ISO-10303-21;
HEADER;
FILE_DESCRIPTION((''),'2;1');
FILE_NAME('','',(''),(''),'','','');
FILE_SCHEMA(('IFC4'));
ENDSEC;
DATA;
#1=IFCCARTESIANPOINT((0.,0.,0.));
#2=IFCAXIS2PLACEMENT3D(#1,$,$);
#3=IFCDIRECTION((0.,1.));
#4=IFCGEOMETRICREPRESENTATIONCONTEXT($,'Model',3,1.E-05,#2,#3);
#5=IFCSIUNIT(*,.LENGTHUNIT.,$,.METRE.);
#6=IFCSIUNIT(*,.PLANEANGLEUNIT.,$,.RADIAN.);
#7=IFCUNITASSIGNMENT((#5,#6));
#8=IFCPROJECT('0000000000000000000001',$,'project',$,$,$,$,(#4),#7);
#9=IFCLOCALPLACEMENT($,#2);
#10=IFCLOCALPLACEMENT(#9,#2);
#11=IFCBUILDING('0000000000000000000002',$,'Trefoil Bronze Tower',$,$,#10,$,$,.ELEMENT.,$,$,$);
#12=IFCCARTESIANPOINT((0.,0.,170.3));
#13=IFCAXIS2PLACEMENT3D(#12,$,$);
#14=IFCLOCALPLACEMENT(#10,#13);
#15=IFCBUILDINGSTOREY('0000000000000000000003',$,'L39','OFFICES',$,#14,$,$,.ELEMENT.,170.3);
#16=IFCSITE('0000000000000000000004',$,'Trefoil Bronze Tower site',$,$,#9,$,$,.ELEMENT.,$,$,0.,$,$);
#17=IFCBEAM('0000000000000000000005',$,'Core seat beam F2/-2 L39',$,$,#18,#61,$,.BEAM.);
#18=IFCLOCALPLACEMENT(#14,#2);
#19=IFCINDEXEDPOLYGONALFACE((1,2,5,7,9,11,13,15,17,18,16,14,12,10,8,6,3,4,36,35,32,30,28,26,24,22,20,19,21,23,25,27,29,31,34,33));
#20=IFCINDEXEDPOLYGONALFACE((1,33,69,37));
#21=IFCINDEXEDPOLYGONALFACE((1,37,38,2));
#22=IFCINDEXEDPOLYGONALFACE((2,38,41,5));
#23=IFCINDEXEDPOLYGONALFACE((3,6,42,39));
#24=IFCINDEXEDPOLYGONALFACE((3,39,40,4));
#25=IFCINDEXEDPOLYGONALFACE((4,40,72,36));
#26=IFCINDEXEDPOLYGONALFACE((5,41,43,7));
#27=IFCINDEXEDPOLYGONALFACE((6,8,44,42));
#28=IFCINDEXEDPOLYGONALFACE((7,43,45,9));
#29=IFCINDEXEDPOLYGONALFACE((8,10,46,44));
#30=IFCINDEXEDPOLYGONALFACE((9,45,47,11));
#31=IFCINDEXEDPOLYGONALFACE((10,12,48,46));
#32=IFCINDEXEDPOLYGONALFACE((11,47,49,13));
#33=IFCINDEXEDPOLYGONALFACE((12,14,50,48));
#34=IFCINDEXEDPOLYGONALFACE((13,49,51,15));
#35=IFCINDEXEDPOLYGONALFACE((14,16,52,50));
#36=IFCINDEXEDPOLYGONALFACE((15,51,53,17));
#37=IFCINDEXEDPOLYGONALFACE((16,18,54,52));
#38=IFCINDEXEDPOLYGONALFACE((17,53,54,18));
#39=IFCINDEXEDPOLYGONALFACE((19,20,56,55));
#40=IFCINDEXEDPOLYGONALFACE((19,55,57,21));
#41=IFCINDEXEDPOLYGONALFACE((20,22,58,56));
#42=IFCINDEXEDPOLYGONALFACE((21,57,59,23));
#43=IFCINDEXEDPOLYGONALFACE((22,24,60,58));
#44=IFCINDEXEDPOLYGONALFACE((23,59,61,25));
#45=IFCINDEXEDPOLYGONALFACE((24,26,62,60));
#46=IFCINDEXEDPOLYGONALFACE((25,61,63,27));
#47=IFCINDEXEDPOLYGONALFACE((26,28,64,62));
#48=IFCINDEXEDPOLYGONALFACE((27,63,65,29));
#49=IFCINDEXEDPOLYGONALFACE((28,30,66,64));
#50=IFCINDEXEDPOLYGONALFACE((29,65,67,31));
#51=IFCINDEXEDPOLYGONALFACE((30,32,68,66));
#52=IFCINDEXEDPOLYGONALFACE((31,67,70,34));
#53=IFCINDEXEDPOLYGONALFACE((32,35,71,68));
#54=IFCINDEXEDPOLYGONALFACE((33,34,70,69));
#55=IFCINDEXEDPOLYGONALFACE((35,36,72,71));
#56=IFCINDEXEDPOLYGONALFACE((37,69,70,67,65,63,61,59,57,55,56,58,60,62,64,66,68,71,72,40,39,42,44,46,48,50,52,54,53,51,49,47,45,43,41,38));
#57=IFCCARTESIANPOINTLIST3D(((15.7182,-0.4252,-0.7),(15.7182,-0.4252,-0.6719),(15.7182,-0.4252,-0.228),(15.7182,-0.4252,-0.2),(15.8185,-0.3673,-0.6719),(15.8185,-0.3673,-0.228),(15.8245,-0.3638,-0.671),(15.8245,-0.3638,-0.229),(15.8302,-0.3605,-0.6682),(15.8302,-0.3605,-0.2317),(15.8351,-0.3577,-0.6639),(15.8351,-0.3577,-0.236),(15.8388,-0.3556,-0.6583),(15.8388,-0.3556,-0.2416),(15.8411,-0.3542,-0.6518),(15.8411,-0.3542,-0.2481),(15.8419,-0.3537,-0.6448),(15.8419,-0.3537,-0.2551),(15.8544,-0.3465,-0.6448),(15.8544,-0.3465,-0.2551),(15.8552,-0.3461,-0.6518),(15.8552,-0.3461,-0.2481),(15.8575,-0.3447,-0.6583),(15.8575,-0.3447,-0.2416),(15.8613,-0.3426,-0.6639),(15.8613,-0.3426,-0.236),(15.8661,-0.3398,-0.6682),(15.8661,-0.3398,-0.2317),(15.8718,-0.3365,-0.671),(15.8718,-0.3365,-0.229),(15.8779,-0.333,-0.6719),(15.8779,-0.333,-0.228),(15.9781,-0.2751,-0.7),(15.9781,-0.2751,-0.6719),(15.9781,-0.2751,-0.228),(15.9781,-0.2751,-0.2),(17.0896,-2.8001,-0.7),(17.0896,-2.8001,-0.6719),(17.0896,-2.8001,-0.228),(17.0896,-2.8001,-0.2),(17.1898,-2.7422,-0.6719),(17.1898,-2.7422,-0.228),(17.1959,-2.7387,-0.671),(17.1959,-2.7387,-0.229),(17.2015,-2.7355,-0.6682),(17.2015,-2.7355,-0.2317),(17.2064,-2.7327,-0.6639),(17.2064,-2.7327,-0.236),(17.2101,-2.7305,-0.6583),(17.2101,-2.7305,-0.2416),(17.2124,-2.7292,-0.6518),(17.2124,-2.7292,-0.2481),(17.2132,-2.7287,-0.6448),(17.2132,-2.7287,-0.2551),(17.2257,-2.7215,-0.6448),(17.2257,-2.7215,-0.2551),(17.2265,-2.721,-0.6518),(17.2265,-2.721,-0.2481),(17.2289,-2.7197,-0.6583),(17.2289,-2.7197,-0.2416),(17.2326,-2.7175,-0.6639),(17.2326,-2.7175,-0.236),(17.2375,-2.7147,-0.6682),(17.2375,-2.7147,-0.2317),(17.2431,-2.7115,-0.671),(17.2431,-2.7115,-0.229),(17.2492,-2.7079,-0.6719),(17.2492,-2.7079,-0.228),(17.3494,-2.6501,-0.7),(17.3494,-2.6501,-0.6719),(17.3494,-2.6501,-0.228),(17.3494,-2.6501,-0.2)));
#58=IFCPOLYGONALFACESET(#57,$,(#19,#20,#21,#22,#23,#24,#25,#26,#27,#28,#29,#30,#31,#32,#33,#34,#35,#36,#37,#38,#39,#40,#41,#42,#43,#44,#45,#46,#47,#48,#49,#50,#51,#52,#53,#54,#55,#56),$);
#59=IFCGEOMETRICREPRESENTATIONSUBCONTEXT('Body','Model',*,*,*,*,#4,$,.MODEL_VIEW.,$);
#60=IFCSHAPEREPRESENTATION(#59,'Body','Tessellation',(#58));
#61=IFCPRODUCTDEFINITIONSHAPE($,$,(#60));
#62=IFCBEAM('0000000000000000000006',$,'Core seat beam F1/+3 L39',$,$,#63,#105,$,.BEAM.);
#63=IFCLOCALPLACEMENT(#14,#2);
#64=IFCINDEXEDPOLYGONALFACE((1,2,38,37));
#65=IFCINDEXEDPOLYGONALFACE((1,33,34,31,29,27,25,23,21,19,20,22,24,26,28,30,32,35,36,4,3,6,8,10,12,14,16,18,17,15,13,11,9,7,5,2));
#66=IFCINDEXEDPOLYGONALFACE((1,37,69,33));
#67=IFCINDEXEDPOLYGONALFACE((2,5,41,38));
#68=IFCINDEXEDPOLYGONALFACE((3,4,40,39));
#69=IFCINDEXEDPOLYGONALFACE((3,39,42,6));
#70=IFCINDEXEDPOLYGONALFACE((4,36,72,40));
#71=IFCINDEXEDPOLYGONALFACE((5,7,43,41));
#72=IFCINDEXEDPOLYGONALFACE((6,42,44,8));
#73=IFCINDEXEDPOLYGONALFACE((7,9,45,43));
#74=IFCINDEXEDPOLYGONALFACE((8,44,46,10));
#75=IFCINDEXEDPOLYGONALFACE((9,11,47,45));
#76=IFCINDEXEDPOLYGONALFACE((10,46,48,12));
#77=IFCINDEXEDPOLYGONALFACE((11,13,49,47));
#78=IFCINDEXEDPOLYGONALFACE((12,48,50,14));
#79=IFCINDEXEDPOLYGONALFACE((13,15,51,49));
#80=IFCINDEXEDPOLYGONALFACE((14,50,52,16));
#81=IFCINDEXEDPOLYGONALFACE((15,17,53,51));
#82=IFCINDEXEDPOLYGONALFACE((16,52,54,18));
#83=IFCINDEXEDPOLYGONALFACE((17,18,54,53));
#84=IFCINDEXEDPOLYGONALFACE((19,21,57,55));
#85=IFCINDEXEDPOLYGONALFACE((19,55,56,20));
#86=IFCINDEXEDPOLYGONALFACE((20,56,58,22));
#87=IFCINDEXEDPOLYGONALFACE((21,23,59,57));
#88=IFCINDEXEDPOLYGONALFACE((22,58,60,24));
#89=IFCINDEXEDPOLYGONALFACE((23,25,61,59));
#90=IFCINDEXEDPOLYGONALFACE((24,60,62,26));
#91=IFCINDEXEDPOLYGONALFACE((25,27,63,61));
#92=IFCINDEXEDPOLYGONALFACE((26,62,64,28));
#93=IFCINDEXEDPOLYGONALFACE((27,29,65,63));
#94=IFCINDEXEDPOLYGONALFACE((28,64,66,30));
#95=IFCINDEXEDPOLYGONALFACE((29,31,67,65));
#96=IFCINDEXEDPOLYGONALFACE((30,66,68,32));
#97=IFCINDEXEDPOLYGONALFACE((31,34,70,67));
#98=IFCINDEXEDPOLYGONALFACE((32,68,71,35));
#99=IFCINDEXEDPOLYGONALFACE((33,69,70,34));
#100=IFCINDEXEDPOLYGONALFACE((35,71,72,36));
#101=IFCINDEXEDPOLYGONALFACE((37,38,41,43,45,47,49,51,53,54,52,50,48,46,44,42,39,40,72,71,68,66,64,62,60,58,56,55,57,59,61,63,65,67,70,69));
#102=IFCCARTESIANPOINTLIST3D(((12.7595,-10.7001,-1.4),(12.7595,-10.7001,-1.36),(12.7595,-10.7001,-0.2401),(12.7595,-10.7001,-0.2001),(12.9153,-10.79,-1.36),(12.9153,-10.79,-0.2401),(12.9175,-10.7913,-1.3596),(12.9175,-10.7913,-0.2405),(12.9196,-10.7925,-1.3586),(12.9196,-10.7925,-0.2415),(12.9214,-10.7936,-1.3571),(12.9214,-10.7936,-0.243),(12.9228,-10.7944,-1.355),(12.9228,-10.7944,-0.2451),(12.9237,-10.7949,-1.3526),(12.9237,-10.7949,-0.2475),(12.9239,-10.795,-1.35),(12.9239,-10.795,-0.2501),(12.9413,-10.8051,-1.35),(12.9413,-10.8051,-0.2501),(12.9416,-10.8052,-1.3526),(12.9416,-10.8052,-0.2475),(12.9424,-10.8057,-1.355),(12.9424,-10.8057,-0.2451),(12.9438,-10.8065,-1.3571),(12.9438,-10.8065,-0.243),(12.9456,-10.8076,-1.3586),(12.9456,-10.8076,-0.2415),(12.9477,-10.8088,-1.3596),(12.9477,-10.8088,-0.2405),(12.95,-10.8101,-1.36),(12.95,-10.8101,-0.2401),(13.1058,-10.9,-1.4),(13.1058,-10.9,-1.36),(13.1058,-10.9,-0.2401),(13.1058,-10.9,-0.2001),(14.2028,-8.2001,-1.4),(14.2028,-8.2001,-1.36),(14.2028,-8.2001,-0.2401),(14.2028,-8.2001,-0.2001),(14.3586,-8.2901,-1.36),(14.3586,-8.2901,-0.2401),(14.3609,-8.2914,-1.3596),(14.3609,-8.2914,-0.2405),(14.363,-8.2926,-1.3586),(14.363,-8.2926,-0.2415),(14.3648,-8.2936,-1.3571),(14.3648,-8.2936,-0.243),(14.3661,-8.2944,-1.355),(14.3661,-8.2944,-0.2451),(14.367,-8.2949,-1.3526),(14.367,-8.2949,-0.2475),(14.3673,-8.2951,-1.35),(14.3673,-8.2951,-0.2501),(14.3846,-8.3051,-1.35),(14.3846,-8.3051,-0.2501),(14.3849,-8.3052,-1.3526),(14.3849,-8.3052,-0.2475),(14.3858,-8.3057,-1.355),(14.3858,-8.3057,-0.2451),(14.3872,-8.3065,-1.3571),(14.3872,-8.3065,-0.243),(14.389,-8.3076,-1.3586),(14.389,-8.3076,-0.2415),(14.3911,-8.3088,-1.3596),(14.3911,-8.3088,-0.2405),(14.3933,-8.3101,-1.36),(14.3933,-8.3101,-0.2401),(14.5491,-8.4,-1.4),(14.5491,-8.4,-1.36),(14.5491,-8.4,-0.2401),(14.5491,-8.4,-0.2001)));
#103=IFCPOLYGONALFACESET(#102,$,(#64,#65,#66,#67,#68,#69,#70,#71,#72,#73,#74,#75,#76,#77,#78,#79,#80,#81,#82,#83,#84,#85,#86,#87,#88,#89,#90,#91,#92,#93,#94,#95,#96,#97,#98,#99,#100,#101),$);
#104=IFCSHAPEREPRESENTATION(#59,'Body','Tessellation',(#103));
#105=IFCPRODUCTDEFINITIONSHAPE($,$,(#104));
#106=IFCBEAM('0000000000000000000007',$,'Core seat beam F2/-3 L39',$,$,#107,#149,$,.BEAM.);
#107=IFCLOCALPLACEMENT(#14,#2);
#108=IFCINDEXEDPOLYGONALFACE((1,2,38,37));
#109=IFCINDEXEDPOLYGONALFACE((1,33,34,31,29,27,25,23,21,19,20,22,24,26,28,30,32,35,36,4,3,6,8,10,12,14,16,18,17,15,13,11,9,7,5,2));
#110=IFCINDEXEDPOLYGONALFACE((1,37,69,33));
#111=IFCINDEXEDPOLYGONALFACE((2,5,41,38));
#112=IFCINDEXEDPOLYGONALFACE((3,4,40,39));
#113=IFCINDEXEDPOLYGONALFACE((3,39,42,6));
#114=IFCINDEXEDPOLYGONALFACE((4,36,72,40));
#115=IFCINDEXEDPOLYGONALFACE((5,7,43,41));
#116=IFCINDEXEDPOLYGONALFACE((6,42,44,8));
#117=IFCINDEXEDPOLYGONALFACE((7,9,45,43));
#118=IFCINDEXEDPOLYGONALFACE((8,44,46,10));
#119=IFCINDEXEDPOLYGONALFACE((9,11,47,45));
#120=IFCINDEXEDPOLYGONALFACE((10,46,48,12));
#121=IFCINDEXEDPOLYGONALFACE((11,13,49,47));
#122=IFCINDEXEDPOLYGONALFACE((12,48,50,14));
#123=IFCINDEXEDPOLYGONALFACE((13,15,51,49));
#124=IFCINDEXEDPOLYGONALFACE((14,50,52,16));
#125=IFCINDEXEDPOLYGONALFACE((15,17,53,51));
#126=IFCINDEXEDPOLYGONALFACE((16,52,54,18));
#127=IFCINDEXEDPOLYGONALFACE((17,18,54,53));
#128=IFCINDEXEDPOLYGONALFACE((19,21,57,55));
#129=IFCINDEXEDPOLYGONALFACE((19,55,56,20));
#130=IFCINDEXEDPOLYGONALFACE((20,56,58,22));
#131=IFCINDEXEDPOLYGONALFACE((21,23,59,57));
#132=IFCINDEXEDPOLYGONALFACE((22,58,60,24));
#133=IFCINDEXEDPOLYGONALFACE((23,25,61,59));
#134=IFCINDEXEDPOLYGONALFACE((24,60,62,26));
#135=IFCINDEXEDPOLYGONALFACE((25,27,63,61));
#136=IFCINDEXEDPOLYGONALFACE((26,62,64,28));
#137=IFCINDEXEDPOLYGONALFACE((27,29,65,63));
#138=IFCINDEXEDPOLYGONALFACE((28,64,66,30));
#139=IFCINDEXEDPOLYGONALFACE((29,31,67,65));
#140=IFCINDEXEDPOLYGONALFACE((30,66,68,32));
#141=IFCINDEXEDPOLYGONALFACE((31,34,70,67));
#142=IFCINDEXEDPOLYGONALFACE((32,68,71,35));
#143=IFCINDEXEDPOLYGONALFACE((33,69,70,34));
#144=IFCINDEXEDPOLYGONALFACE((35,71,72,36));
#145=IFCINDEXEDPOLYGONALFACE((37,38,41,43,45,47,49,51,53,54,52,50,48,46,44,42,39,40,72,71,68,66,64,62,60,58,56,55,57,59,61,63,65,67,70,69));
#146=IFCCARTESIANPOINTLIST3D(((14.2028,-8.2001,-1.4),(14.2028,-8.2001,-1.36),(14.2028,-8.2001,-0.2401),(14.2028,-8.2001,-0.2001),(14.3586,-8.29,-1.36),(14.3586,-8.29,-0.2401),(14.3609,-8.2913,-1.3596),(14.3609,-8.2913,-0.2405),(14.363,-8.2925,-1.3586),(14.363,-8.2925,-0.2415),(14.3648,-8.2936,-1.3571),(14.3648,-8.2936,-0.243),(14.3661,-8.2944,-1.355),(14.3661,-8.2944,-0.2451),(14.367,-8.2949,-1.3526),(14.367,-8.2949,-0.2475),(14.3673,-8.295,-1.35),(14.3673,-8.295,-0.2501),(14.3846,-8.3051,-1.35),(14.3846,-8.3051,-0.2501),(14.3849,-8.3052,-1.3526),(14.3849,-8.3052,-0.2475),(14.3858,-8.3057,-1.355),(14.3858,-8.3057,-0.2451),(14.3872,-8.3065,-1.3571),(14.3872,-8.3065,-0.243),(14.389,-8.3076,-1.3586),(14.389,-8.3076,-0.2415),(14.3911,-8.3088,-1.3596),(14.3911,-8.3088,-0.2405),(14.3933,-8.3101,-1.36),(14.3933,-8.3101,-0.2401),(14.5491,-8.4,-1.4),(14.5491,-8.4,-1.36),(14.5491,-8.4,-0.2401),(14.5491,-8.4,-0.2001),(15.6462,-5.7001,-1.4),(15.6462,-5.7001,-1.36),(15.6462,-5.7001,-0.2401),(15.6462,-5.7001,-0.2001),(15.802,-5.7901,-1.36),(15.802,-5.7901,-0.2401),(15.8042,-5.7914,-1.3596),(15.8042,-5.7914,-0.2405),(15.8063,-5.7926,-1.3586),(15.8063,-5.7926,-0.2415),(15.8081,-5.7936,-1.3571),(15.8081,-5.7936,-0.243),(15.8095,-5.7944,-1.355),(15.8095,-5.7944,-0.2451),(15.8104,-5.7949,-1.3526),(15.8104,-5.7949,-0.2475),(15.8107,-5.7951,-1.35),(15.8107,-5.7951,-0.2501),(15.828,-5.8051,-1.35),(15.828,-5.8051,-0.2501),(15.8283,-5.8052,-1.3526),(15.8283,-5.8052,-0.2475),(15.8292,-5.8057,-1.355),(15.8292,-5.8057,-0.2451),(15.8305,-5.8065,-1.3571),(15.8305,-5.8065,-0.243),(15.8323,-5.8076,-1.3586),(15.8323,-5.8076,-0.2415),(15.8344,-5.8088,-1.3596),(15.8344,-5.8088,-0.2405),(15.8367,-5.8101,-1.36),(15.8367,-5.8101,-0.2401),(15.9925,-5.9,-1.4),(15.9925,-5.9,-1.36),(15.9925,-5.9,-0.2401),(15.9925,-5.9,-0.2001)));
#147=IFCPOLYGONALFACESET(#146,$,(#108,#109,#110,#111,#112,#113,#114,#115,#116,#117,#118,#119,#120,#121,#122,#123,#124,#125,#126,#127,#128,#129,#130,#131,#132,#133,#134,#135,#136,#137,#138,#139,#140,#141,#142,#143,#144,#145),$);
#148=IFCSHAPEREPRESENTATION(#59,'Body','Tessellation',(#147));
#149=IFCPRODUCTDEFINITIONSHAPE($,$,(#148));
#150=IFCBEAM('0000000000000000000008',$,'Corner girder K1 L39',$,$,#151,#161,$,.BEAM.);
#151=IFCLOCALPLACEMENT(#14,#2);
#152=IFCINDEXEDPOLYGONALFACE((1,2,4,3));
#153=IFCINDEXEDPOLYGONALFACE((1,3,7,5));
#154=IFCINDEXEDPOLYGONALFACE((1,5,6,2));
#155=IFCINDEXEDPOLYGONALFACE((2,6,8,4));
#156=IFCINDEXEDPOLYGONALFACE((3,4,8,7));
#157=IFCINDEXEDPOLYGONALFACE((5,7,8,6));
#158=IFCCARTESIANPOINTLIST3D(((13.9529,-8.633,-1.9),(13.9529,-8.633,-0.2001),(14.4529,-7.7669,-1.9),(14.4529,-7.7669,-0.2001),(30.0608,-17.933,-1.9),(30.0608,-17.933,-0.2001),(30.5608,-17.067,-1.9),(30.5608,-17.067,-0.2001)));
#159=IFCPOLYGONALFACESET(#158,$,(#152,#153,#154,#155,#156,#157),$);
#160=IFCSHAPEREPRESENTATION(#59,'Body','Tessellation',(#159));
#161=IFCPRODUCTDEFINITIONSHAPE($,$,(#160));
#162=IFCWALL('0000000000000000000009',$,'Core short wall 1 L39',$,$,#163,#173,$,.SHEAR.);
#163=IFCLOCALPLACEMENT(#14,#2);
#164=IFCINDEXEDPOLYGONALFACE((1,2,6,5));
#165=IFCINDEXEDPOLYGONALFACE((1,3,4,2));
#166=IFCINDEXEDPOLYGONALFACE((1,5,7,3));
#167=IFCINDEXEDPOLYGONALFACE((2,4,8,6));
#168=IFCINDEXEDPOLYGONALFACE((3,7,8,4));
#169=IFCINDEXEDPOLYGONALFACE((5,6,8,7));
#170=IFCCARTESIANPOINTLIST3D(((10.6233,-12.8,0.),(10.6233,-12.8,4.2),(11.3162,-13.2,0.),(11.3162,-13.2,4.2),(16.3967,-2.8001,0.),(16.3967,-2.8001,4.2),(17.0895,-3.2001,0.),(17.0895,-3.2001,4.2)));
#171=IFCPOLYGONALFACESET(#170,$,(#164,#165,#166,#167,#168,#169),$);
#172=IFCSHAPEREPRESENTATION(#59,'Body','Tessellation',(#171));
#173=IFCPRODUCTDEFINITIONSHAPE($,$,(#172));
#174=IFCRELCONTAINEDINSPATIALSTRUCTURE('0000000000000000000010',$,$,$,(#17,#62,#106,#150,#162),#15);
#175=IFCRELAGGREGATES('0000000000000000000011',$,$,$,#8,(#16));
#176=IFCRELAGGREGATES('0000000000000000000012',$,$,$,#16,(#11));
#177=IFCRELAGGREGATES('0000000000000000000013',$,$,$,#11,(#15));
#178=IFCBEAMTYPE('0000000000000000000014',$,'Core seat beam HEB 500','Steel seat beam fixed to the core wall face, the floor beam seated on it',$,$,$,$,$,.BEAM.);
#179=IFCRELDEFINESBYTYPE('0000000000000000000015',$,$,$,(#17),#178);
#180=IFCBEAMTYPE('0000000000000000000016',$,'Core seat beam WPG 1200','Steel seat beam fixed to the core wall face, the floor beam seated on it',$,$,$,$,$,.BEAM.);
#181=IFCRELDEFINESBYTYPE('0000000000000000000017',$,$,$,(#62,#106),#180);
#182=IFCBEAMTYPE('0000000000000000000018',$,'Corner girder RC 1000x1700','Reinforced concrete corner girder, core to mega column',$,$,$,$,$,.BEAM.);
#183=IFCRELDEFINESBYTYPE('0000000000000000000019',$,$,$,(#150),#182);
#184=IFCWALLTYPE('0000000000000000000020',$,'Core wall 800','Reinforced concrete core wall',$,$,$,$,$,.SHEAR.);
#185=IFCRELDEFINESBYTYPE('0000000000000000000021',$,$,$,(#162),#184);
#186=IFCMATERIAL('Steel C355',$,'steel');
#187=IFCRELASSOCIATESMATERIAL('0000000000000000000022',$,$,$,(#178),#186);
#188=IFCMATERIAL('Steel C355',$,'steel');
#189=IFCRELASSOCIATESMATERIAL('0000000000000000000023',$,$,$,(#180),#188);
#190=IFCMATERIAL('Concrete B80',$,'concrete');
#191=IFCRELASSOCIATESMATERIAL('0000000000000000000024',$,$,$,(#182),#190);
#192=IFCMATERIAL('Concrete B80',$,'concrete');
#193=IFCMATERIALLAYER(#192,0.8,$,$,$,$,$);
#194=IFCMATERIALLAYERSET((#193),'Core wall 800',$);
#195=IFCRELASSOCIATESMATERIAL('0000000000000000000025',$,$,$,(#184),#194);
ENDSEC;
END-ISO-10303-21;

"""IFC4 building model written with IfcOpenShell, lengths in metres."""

from ifc_helpers import new_model, si_unit, direction, frame, frame_2d, origin, origin_2d, place, context, subcontext, project, spatial, rectangle, i_section, extrude, material, layer, layer_set, material_profile, profile_set, type_object, element, save


model = new_model("IFC4")

# Units and contexts
model_context = context("Model", 3, precision=1e-05, world=origin(), true_north=direction((0.0, 1.0)))
body_context = subcontext(model_context, "Body", "Model", "MODEL_VIEW")
ifc_project = project(units=[si_unit("LENGTHUNIT", "METRE"), si_unit("PLANEANGLEUNIT", "RADIAN")], contexts=[model_context])

# Site, building, storey
site_placement = place(None, origin())
site = spatial("IfcSite", under=ifc_project, at=site_placement, Name="Trefoil Bronze Tower site", CompositionType="ELEMENT", RefElevation=0.0)
building_placement = place(site_placement, origin())
building = spatial("IfcBuilding", under=site, at=building_placement, Name="Trefoil Bronze Tower", CompositionType="ELEMENT")
storey_placement = place(building_placement, frame((0.0, 0.0, 170.3)))
storey = spatial("IfcBuildingStorey", under=building, at=storey_placement, Name="L39", Description="OFFICES", CompositionType="ELEMENT", Elevation=170.3)

# Beams
ifc_material_1 = material(Name="Steel C355", Category="steel")
ifc_material_profile_1 = material_profile(ifc_material_1, i_section(OverallWidth=0.3, OverallDepth=0.5, WebThickness=0.0144, FlangeThickness=0.0281, FilletRadius=0.0271, at=origin_2d()), Name="HEB 500")
ifc_profile_set_1 = profile_set([ifc_material_profile_1], Name="Steel C355")
beam_type_1 = type_object("IfcBeamType", Name="Core seat beam HEB 500", Description="Steel seat beam fixed to the core wall face, the floor beam seated on it", PredefinedType="BEAM", material=ifc_profile_set_1)
beam_1_placement = place(storey_placement, frame((17.2195, -2.7251, -0.45), z_axis=(-0.500036, 0.866005, 0.0), x_axis=(-0.866005, -0.500036, 0.0)))
element("IfcBeam", 1, at=beam_1_placement, inside=storey, type_object=beam_type_1, Name="Core seat beam F2/-2 L39", PredefinedType="BEAM", context=body_context, shape_type="SweptSolid", body=[
    extrude(i_section(OverallWidth=0.3, OverallDepth=0.5, WebThickness=0.0144, FlangeThickness=0.0281, FilletRadius=0.0271, at=origin_2d()), origin(), (0.0, 0.0, 1.0), 2.7424),
])
ifc_material_2 = material(Name="Steel C355", Category="steel")
ifc_material_profile_2 = material_profile(ifc_material_2, i_section(OverallWidth=0.3999, OverallDepth=1.2, WebThickness=0.02, FlangeThickness=0.04, FilletRadius=0.01, at=origin_2d()), Name="WPG 1200")
ifc_profile_set_2 = profile_set([ifc_material_profile_2], Name="Steel C355")
beam_type_2 = type_object("IfcBeamType", Name="Core seat beam WPG 1200", Description="Steel seat beam fixed to the core wall face, the floor beam seated on it", PredefinedType="BEAM", material=ifc_profile_set_2)
for number, where, z_axis, x_axis, name in (
    (2, (12.9326, -10.8, -0.8), (0.499996, 0.866028, 0.0), (-0.866028, 0.499996, 0.0), "Core seat beam F1/+3 L39"),
    (3, (14.376, -8.3, -0.8), (0.499996, 0.866028, 0.0), (-0.866028, 0.499996, 0.0), "Core seat beam F2/-3 L39"),
):
    element("IfcBeam", number, at=place(storey_placement, frame(where, z_axis=z_axis, x_axis=x_axis)), inside=storey, type_object=beam_type_2, Name=name, PredefinedType="BEAM", context=body_context, shape_type="SweptSolid", body=[
        extrude(i_section(OverallWidth=0.3999, OverallDepth=1.2, WebThickness=0.02, FlangeThickness=0.04, FilletRadius=0.01, at=origin_2d()), origin(), (0.0, 0.0, 1.0), 2.8867),
    ])
ifc_material_3 = material(Name="Concrete B80", Category="concrete")
ifc_material_profile_3 = material_profile(ifc_material_3, rectangle(XDim=1.0, YDim=1.7, at=origin_2d()), Name="RC 1000x1700")
ifc_profile_set_3 = profile_set([ifc_material_profile_3], Name="Concrete B80")
beam_type_3 = type_object("IfcBeamType", Name="Corner girder RC 1000x1700", Description="Reinforced concrete corner girder, core to mega column", PredefinedType="BEAM", material=ifc_profile_set_3)
beam_2_placement = place(storey_placement, frame((14.2029, -8.2, -1.05), z_axis=(0.866022, -0.500006, 0.0), x_axis=(0.500006, 0.866022, 0.0)))
element("IfcBeam", 4, at=beam_2_placement, inside=storey, type_object=beam_type_3, Name="Corner girder K1 L39", PredefinedType="BEAM", context=body_context, shape_type="SweptSolid", body=[
    extrude(rectangle(XDim=1.0, YDim=1.7, at=origin_2d()), origin(), (0.0, 0.0, 1.0), 18.5999),
])

# Wall
ifc_material_4 = material(Name="Concrete B80", Category="concrete")
ifc_layer_1 = layer(ifc_material_4, 0.8)
ifc_layer_set_1 = layer_set([ifc_layer_1], Name="Core wall 800")
wall_type_1 = type_object("IfcWallType", Name="Core wall 800", Description="Reinforced concrete core wall", PredefinedType="SHEAR", material=ifc_layer_set_1)
wall_1_placement = place(storey_placement, frame((10.9697, -13.0, 0.0), z_axis=(0.0, 0.0, 1.0), x_axis=(0.499996, 0.866028, 0.0)))
element("IfcWall", 5, at=wall_1_placement, inside=storey, type_object=wall_type_1, Name="Core short wall 1 L39", PredefinedType="SHEAR", context=body_context, shape_type="SweptSolid", body=[
    extrude(rectangle(XDim=11.5469, YDim=0.8, at=frame_2d((5.7734, 0.0))), origin(), (0.0, 0.0, 1.0), 4.2),
])

save(model, "model.ifc")
